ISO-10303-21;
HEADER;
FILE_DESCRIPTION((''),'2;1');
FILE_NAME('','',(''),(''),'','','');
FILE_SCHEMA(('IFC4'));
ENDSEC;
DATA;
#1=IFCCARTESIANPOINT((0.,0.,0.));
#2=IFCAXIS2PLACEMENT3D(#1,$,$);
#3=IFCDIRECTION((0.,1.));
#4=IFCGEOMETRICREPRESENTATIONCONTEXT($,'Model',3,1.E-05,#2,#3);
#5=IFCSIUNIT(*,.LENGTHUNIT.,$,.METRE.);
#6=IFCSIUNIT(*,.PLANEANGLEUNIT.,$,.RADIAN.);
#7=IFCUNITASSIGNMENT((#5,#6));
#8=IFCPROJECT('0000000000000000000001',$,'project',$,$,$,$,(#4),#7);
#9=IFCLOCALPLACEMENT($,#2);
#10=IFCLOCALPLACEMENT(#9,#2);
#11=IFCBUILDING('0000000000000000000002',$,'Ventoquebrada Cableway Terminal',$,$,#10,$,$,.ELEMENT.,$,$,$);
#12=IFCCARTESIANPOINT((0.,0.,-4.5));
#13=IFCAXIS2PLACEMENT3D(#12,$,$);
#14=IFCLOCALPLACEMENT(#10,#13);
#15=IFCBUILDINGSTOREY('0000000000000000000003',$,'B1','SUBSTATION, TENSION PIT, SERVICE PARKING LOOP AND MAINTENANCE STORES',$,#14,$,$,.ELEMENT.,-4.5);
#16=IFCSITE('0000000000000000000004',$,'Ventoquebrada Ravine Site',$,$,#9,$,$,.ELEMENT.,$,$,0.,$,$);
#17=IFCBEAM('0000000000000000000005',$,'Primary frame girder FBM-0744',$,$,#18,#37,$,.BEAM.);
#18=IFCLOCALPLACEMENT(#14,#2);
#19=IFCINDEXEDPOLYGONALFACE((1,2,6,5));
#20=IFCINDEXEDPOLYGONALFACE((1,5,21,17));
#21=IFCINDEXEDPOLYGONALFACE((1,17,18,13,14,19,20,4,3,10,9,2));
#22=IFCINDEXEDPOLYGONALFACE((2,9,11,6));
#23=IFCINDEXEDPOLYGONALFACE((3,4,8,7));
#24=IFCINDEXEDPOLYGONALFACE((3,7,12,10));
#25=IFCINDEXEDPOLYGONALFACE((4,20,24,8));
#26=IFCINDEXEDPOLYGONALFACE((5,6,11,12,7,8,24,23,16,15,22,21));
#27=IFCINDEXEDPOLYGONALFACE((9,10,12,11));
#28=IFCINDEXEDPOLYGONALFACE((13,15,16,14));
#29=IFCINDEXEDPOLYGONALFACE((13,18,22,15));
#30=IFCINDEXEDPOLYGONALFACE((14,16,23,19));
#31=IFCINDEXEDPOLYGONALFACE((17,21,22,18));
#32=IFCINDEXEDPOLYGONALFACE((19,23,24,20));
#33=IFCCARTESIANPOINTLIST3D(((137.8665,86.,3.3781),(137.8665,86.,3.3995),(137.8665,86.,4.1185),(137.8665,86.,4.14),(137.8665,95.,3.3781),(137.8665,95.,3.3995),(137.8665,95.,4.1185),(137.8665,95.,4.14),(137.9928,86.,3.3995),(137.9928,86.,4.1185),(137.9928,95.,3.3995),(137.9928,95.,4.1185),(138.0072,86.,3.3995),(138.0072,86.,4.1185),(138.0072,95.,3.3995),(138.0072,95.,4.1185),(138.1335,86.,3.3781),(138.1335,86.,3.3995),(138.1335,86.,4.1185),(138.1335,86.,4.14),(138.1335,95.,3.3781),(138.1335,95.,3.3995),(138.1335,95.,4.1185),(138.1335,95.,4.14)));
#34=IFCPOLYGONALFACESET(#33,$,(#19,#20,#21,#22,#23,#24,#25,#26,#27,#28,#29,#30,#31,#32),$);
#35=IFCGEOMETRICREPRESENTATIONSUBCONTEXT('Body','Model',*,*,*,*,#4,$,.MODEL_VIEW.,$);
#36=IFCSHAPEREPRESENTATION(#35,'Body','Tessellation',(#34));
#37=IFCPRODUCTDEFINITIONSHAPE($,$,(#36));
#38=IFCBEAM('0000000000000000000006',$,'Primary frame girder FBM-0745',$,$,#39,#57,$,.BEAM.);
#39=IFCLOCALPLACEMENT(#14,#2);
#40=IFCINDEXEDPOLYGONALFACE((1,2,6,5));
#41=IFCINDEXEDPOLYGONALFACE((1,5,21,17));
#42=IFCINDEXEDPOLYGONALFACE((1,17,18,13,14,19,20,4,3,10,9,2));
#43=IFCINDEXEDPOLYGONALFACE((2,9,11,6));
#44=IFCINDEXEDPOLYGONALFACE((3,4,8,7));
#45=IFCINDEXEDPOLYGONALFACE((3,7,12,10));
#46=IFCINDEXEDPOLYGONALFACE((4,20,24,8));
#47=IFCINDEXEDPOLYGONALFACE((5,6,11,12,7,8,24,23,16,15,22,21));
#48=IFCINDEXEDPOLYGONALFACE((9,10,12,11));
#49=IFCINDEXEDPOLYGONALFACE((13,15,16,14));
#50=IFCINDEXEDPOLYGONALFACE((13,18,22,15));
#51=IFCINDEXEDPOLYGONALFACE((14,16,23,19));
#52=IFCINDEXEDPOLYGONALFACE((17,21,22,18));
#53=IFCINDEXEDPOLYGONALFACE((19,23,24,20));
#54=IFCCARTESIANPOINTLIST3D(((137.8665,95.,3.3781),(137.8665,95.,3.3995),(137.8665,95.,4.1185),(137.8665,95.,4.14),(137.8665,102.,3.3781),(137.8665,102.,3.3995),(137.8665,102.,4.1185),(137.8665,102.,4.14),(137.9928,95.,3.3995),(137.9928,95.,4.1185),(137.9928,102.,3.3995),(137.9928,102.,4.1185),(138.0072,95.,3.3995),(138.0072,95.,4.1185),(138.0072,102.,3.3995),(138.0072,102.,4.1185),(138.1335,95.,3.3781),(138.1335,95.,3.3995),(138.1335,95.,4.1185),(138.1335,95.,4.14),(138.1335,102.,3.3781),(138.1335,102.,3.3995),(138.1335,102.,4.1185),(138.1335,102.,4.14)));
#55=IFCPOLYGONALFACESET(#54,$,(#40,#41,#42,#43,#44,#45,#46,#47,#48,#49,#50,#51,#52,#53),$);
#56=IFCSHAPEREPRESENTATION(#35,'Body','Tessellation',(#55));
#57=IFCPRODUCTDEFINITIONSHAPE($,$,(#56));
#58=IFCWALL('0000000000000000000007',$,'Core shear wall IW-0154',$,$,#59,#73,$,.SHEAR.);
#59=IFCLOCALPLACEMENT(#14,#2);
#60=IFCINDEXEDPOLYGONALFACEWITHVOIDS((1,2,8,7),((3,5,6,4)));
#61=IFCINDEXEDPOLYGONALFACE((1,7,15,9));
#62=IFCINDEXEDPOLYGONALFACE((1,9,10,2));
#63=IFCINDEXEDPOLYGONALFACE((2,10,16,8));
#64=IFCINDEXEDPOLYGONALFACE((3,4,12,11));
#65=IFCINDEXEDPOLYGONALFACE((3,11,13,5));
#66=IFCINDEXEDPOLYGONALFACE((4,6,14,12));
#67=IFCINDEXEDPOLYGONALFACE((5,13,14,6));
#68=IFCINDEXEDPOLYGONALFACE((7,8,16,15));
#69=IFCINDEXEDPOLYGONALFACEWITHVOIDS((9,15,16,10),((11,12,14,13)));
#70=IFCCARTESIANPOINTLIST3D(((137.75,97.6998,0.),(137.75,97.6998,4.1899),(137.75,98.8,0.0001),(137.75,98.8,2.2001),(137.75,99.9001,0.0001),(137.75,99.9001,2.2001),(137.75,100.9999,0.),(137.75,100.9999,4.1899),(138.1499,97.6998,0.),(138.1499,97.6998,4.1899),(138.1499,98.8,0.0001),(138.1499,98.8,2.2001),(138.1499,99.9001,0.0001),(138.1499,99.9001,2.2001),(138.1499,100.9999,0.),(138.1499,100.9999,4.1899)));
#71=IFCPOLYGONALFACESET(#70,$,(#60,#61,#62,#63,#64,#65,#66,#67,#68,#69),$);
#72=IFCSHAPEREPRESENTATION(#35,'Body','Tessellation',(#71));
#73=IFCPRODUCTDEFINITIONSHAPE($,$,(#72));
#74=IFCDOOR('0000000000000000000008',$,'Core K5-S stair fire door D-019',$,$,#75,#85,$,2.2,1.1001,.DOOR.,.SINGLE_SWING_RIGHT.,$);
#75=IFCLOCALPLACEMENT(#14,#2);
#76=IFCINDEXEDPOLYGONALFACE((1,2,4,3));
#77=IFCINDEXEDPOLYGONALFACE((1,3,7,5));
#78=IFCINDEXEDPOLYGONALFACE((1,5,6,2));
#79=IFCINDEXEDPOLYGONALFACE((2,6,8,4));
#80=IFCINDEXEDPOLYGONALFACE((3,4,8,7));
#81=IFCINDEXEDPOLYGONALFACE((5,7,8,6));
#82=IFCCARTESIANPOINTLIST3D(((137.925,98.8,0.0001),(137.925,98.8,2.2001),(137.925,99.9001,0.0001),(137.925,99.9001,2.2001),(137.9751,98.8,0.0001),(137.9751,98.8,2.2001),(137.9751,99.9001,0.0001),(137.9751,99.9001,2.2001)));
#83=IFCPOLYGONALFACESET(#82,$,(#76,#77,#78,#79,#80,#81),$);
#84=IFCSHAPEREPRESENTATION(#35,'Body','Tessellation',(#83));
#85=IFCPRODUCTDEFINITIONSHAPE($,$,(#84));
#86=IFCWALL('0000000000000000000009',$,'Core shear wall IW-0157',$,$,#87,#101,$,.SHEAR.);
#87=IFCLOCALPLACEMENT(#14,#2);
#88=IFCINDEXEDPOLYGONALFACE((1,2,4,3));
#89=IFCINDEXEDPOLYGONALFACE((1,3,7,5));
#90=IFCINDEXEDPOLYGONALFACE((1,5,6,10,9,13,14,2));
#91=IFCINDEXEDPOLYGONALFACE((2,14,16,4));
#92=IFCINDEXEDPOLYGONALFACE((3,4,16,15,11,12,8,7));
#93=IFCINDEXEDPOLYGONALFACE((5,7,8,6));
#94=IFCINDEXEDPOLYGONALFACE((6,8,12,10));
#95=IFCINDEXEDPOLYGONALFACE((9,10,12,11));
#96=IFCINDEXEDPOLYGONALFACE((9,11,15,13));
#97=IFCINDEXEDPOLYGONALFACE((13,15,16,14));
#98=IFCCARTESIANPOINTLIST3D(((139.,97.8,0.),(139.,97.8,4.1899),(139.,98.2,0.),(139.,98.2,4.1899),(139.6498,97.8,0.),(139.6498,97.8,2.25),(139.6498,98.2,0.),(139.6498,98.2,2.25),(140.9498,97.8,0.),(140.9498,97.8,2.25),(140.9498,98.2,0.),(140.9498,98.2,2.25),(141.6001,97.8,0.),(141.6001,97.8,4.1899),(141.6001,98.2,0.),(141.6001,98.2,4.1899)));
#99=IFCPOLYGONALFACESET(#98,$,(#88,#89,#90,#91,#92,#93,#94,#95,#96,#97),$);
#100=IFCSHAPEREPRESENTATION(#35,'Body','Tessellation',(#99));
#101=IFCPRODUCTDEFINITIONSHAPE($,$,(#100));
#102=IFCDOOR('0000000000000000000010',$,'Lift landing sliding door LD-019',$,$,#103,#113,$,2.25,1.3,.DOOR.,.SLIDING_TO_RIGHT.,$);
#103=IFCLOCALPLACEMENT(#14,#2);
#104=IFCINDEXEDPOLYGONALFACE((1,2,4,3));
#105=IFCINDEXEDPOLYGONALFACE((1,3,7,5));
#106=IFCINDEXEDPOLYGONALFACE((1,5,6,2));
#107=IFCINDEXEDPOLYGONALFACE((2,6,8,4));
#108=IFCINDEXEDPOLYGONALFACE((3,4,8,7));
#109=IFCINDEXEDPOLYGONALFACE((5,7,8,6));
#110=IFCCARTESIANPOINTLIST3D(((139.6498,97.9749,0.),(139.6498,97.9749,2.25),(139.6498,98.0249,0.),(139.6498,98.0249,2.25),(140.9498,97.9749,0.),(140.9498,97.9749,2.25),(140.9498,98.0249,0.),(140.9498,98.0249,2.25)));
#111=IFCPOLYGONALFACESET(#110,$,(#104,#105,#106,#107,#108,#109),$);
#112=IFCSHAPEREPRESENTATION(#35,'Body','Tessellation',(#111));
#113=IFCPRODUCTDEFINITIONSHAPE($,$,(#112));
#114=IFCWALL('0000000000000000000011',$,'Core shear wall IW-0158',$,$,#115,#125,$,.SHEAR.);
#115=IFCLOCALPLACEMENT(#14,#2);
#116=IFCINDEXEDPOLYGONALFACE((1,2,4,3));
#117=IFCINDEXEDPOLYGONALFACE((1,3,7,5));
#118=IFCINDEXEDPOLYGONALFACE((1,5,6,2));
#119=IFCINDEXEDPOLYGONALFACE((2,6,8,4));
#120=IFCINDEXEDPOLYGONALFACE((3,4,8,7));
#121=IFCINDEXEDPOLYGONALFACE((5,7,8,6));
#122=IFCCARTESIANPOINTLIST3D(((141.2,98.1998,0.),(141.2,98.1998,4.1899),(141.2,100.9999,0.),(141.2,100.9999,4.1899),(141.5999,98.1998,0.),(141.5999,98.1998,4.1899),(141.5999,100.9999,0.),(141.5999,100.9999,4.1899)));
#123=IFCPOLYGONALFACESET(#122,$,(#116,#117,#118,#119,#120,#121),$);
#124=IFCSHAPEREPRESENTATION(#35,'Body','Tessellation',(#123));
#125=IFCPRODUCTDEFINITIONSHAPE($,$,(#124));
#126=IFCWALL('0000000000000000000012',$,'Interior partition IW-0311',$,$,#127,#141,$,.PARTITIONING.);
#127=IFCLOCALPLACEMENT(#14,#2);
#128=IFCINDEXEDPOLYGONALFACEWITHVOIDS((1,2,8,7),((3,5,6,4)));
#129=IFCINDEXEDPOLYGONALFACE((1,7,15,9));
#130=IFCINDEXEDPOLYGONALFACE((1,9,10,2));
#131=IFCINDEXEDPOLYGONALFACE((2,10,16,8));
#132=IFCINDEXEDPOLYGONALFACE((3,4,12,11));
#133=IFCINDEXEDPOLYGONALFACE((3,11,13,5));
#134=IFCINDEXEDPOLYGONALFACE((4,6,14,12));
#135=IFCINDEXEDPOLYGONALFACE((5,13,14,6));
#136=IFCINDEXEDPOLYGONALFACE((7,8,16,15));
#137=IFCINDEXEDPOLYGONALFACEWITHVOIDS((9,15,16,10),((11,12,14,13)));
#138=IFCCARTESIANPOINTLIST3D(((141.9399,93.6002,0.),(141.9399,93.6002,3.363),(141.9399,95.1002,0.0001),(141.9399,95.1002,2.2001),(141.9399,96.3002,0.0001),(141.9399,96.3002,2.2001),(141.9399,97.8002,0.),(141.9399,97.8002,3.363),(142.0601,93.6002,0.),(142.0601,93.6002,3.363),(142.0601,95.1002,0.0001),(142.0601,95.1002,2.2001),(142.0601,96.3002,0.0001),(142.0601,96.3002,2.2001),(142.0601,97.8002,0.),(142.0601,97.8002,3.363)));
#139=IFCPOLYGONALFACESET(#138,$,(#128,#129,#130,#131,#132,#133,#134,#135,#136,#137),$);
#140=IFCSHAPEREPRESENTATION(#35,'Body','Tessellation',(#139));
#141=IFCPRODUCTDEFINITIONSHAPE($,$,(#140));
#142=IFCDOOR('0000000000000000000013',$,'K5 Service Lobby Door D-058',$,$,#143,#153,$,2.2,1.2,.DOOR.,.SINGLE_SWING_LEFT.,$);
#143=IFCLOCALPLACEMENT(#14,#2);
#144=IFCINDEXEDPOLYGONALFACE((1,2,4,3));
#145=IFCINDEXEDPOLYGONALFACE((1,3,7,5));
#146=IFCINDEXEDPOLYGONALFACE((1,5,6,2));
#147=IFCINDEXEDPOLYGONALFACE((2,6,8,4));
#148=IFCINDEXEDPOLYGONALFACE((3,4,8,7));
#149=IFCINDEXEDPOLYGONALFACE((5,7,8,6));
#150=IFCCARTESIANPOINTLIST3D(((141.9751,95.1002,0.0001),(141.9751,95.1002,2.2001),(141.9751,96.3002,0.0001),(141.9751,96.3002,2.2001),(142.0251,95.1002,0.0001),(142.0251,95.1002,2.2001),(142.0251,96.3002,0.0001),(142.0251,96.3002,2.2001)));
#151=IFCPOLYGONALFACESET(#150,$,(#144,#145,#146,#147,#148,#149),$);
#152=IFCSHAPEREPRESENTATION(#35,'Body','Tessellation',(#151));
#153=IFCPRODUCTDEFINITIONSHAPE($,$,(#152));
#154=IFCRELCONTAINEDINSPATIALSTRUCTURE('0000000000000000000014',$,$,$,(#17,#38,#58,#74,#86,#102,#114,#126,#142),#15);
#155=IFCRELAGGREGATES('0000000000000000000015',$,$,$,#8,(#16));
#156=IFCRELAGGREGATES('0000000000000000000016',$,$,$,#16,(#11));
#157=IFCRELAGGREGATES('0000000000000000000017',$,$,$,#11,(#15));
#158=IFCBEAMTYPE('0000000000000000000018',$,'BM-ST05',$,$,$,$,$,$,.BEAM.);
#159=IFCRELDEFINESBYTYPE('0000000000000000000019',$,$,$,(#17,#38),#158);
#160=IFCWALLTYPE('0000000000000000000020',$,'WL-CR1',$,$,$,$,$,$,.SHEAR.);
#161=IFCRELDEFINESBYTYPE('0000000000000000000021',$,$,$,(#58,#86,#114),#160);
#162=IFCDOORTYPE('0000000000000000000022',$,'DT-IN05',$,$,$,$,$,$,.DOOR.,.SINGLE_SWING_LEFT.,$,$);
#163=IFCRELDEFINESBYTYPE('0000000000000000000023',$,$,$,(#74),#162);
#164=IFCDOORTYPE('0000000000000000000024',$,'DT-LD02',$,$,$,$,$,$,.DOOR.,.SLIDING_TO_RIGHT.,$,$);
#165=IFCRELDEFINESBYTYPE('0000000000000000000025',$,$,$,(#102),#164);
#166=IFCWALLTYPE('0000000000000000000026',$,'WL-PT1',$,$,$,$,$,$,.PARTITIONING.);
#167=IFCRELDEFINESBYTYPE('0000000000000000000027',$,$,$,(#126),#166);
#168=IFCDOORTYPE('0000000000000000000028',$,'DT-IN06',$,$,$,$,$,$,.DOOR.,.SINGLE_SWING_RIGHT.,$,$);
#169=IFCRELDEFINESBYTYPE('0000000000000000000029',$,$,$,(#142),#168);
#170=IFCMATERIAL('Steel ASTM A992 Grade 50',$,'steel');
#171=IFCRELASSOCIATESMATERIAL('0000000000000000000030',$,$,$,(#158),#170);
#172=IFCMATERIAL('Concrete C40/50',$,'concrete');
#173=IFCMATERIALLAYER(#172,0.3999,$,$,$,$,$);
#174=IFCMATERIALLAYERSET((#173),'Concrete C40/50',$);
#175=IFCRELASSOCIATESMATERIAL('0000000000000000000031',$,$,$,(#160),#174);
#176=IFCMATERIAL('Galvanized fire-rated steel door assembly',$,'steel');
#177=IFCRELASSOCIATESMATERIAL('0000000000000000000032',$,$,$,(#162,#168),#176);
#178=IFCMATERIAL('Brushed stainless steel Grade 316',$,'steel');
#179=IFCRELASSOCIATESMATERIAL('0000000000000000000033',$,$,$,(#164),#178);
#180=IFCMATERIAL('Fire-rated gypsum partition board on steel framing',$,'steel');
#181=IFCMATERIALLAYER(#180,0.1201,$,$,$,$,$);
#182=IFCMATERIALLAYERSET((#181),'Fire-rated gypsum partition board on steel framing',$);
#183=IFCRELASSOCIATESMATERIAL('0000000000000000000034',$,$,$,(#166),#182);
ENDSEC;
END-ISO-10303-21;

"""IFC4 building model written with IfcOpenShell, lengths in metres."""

from ifc_helpers import new_model, si_unit, direction, frame, frame_2d, origin, origin_2d, place, context, subcontext, project, spatial, rectangle, i_section, extrude, material, layer, layer_set, material_profile, profile_set, type_object, element, fill, save


model = new_model("IFC4")

# Units and contexts
model_context = context("Model", 3, precision=1e-05, world=origin(), true_north=direction((0.0, 1.0)))
body_context = subcontext(model_context, "Body", "Model", "MODEL_VIEW")
ifc_project = project(units=[si_unit("LENGTHUNIT", "METRE"), si_unit("PLANEANGLEUNIT", "RADIAN")], contexts=[model_context])

# Site, building, storey
site_placement = place(None, origin())
site = spatial("IfcSite", under=ifc_project, at=site_placement, Name="Ventoquebrada Ravine Site", CompositionType="ELEMENT", RefElevation=0.0)
building_placement = place(site_placement, origin())
building = spatial("IfcBuilding", under=site, at=building_placement, Name="Ventoquebrada Cableway Terminal", CompositionType="ELEMENT")
storey_placement = place(building_placement, frame((0.0, 0.0, -4.5)))
storey = spatial("IfcBuildingStorey", under=building, at=storey_placement, Name="B1", Description="SUBSTATION, TENSION PIT, SERVICE PARKING LOOP AND MAINTENANCE STORES", CompositionType="ELEMENT", Elevation=-4.5)

# Shared definitions
ifc_material_1 = material(Name="Concrete C40/50", Category="concrete")

# Beams
ifc_material_2 = material(Name="Steel ASTM A992 Grade 50", Category="steel")
ifc_material_profile_1 = material_profile(ifc_material_2, i_section(OverallWidth=0.2671, OverallDepth=0.762, WebThickness=0.0144, FlangeThickness=0.0215, at=origin_2d()), Name="W30X116")
ifc_profile_set_1 = profile_set([ifc_material_profile_1], Name="Steel ASTM A992 Grade 50")
beam_type = type_object("IfcBeamType", Name="BM-ST05", PredefinedType="BEAM", material=ifc_profile_set_1)
for number, where, z_axis, x_axis, name in (
    (1, (138.0, 86.0, 3.759), (0.0, 1.0, 0.0), (-1.0, 0.0, 0.0), "Primary frame girder FBM-0744"),
):
    element("IfcBeam", number, at=place(storey_placement, frame(where, z_axis=z_axis, x_axis=x_axis)), inside=storey, type_object=beam_type, Name=name, PredefinedType="BEAM", context=body_context, shape_type="SweptSolid", body=[
        extrude(i_section(OverallWidth=0.2671, OverallDepth=0.762, WebThickness=0.0144, FlangeThickness=0.0215, at=origin_2d()), origin(), (0.0, 0.0, 1.0), 9.0),
    ])
beam_placement = place(storey_placement, frame((138.0, 95.0, 3.759), z_axis=(0.0, 1.0, 0.0), x_axis=(-1.0, 0.0, 0.0)))
element("IfcBeam", 2, at=beam_placement, inside=storey, type_object=beam_type, Name="Primary frame girder FBM-0745", PredefinedType="BEAM", context=body_context, shape_type="SweptSolid", body=[
    extrude(i_section(OverallWidth=0.2671, OverallDepth=0.762, WebThickness=0.0144, FlangeThickness=0.0215, at=origin_2d()), origin(), (0.0, 0.0, 1.0), 7.0),
])

# Walls, openings, doors
ifc_layer_1 = layer(ifc_material_1, 0.3999)
ifc_layer_set_1 = layer_set([ifc_layer_1], Name="Concrete C40/50")
wall_type_1 = type_object("IfcWallType", Name="WL-CR1", PredefinedType="SHEAR", material=ifc_layer_set_1)
wall_1_placement = place(storey_placement, frame((137.95, 97.7, 0.0), z_axis=(0.0, 0.0, 1.0), x_axis=(0.0, 1.0, 0.0)))
wall_1 = element("IfcWall", 3, at=wall_1_placement, inside=storey, type_object=wall_type_1, Name="Core shear wall IW-0154", PredefinedType="SHEAR", context=body_context, shape_type="SweptSolid", body=[
    extrude(rectangle(XDim=3.3, YDim=0.3999, at=frame_2d((1.6499, 0.0))), origin(), (0.0, 0.0, 1.0), 4.1899),
])
opening_1_placement = place(wall_1_placement, frame((1.1001, 0.0, 0.0)))
opening_1 = element("IfcOpeningElement", 4, at=opening_1_placement, cuts=wall_1, PredefinedType="OPENING", context=body_context, shape_type="SweptSolid", body=[
    extrude(rectangle(XDim=1.1001, YDim=2.2, at=frame_2d((0.55, 1.1001))), frame((0.0, 0.21, 0.0), z_axis=(0.0, -1.0, 0.0), x_axis=(1.0, 0.0, 0.0)), (0.0, 0.0, 1.0), 0.4199),
])
ifc_material_3 = material(Name="Galvanized fire-rated steel door assembly", Category="steel")
door_type_1 = type_object("IfcDoorType", Name="DT-IN05", OperationType="SINGLE_SWING_LEFT", PredefinedType="DOOR", material=ifc_material_3)
door_1_placement = place(opening_1_placement, origin())
door_1 = element("IfcDoor", 5, at=door_1_placement, inside=storey, type_object=door_type_1, Name="Core K5-S stair fire door D-019", OperationType="SINGLE_SWING_RIGHT", OverallHeight=2.2, OverallWidth=1.1001, PredefinedType="DOOR", context=body_context, shape_type="SweptSolid", body=[
    extrude(rectangle(XDim=1.1001, YDim=2.2, at=frame_2d((0.55, 1.1001))), frame((0.0, 0.0249, 0.0), z_axis=(0.0, -1.0, 0.0), x_axis=(1.0, 0.0, 0.0)), (0.0, 0.0, 1.0), 0.05),
])
fill(opening_1, door_1)
wall_2_placement = place(storey_placement, frame((139.0, 98.0, 0.0), z_axis=(0.0, 0.0, 1.0), x_axis=(1.0, 0.0, 0.0)))
wall_2 = element("IfcWall", 6, at=wall_2_placement, inside=storey, type_object=wall_type_1, Name="Core shear wall IW-0157", PredefinedType="SHEAR", context=body_context, shape_type="SweptSolid", body=[
    extrude(rectangle(XDim=2.6001, YDim=0.3999, at=frame_2d((1.3, 0.0))), origin(), (0.0, 0.0, 1.0), 4.1899),
])
opening_2_placement = place(wall_2_placement, frame((0.6499, 0.0, 0.0)))
opening_2 = element("IfcOpeningElement", 7, at=opening_2_placement, cuts=wall_2, PredefinedType="OPENING", context=body_context, shape_type="SweptSolid", body=[
    extrude(rectangle(XDim=1.3, YDim=2.25, at=frame_2d((0.6499, 1.125))), frame((0.0, 0.21, 0.0), z_axis=(0.0, -1.0, 0.0), x_axis=(1.0, 0.0, 0.0)), (0.0, 0.0, 1.0), 0.4199),
])
ifc_material_4 = material(Name="Brushed stainless steel Grade 316", Category="steel")
door_type_2 = type_object("IfcDoorType", Name="DT-LD02", OperationType="SLIDING_TO_RIGHT", PredefinedType="DOOR", material=ifc_material_4)
door_2_placement = place(opening_2_placement, origin())
door_2 = element("IfcDoor", 8, at=door_2_placement, inside=storey, type_object=door_type_2, Name="Lift landing sliding door LD-019", OperationType="SLIDING_TO_RIGHT", OverallHeight=2.25, OverallWidth=1.3, PredefinedType="DOOR", context=body_context, shape_type="SweptSolid", body=[
    extrude(rectangle(XDim=1.3, YDim=2.25, at=frame_2d((0.6499, 1.125))), frame((0.0, 0.0249, 0.0), z_axis=(0.0, -1.0, 0.0), x_axis=(1.0, 0.0, 0.0)), (0.0, 0.0, 1.0), 0.05),
])
fill(opening_2, door_2)

# Wall
wall_3_placement = place(storey_placement, frame((141.3999, 98.2, 0.0), z_axis=(0.0, 0.0, 1.0), x_axis=(0.0, 1.0, 0.0)))
element("IfcWall", 9, at=wall_3_placement, inside=storey, type_object=wall_type_1, Name="Core shear wall IW-0158", PredefinedType="SHEAR", context=body_context, shape_type="SweptSolid", body=[
    extrude(rectangle(XDim=2.8, YDim=0.3999, at=frame_2d((1.3999, 0.0))), origin(), (0.0, 0.0, 1.0), 4.1899),
])

# Wall, opening, door
ifc_material_5 = material(Name="Fire-rated gypsum partition board on steel framing", Category="steel")
ifc_layer_2 = layer(ifc_material_5, 0.1201)
ifc_layer_set_2 = layer_set([ifc_layer_2], Name="Fire-rated gypsum partition board on steel framing")
wall_type_2 = type_object("IfcWallType", Name="WL-PT1", PredefinedType="PARTITIONING", material=ifc_layer_set_2)
wall_4_placement = place(storey_placement, frame((142.0, 93.6001, 0.0), z_axis=(0.0, 0.0, 1.0), x_axis=(0.0, 1.0, 0.0)))
wall_4 = element("IfcWall", 10, at=wall_4_placement, inside=storey, type_object=wall_type_2, Name="Interior partition IW-0311", PredefinedType="PARTITIONING", context=body_context, shape_type="SweptSolid", body=[
    extrude(rectangle(XDim=4.2, YDim=0.1201, at=frame_2d((2.1001, 0.0))), origin(), (0.0, 0.0, 1.0), 3.363),
])
opening_3_placement = place(wall_4_placement, frame((1.5, 0.0, 0.0)))
opening_3 = element("IfcOpeningElement", 11, at=opening_3_placement, cuts=wall_4, PredefinedType="OPENING", context=body_context, shape_type="SweptSolid", body=[
    extrude(rectangle(XDim=1.2, YDim=2.2, at=frame_2d((0.6001, 1.1001))), frame((0.0, 0.0701, 0.0), z_axis=(0.0, -1.0, 0.0), x_axis=(1.0, 0.0, 0.0)), (0.0, 0.0, 1.0), 0.1401),
])
door_type_3 = type_object("IfcDoorType", Name="DT-IN06", OperationType="SINGLE_SWING_RIGHT", PredefinedType="DOOR", material=ifc_material_3)
door_3_placement = place(opening_3_placement, origin())
door_3 = element("IfcDoor", 12, at=door_3_placement, inside=storey, type_object=door_type_3, Name="K5 Service Lobby Door D-058", OperationType="SINGLE_SWING_LEFT", OverallHeight=2.2, OverallWidth=1.2, PredefinedType="DOOR", context=body_context, shape_type="SweptSolid", body=[
    extrude(rectangle(XDim=1.2, YDim=2.2, at=frame_2d((0.6001, 1.1001))), frame((0.0, 0.0249, 0.0), z_axis=(0.0, -1.0, 0.0), x_axis=(1.0, 0.0, 0.0)), (0.0, 0.0, 1.0), 0.05),
])
fill(opening_3, door_3)

save(model, "model.ifc")
